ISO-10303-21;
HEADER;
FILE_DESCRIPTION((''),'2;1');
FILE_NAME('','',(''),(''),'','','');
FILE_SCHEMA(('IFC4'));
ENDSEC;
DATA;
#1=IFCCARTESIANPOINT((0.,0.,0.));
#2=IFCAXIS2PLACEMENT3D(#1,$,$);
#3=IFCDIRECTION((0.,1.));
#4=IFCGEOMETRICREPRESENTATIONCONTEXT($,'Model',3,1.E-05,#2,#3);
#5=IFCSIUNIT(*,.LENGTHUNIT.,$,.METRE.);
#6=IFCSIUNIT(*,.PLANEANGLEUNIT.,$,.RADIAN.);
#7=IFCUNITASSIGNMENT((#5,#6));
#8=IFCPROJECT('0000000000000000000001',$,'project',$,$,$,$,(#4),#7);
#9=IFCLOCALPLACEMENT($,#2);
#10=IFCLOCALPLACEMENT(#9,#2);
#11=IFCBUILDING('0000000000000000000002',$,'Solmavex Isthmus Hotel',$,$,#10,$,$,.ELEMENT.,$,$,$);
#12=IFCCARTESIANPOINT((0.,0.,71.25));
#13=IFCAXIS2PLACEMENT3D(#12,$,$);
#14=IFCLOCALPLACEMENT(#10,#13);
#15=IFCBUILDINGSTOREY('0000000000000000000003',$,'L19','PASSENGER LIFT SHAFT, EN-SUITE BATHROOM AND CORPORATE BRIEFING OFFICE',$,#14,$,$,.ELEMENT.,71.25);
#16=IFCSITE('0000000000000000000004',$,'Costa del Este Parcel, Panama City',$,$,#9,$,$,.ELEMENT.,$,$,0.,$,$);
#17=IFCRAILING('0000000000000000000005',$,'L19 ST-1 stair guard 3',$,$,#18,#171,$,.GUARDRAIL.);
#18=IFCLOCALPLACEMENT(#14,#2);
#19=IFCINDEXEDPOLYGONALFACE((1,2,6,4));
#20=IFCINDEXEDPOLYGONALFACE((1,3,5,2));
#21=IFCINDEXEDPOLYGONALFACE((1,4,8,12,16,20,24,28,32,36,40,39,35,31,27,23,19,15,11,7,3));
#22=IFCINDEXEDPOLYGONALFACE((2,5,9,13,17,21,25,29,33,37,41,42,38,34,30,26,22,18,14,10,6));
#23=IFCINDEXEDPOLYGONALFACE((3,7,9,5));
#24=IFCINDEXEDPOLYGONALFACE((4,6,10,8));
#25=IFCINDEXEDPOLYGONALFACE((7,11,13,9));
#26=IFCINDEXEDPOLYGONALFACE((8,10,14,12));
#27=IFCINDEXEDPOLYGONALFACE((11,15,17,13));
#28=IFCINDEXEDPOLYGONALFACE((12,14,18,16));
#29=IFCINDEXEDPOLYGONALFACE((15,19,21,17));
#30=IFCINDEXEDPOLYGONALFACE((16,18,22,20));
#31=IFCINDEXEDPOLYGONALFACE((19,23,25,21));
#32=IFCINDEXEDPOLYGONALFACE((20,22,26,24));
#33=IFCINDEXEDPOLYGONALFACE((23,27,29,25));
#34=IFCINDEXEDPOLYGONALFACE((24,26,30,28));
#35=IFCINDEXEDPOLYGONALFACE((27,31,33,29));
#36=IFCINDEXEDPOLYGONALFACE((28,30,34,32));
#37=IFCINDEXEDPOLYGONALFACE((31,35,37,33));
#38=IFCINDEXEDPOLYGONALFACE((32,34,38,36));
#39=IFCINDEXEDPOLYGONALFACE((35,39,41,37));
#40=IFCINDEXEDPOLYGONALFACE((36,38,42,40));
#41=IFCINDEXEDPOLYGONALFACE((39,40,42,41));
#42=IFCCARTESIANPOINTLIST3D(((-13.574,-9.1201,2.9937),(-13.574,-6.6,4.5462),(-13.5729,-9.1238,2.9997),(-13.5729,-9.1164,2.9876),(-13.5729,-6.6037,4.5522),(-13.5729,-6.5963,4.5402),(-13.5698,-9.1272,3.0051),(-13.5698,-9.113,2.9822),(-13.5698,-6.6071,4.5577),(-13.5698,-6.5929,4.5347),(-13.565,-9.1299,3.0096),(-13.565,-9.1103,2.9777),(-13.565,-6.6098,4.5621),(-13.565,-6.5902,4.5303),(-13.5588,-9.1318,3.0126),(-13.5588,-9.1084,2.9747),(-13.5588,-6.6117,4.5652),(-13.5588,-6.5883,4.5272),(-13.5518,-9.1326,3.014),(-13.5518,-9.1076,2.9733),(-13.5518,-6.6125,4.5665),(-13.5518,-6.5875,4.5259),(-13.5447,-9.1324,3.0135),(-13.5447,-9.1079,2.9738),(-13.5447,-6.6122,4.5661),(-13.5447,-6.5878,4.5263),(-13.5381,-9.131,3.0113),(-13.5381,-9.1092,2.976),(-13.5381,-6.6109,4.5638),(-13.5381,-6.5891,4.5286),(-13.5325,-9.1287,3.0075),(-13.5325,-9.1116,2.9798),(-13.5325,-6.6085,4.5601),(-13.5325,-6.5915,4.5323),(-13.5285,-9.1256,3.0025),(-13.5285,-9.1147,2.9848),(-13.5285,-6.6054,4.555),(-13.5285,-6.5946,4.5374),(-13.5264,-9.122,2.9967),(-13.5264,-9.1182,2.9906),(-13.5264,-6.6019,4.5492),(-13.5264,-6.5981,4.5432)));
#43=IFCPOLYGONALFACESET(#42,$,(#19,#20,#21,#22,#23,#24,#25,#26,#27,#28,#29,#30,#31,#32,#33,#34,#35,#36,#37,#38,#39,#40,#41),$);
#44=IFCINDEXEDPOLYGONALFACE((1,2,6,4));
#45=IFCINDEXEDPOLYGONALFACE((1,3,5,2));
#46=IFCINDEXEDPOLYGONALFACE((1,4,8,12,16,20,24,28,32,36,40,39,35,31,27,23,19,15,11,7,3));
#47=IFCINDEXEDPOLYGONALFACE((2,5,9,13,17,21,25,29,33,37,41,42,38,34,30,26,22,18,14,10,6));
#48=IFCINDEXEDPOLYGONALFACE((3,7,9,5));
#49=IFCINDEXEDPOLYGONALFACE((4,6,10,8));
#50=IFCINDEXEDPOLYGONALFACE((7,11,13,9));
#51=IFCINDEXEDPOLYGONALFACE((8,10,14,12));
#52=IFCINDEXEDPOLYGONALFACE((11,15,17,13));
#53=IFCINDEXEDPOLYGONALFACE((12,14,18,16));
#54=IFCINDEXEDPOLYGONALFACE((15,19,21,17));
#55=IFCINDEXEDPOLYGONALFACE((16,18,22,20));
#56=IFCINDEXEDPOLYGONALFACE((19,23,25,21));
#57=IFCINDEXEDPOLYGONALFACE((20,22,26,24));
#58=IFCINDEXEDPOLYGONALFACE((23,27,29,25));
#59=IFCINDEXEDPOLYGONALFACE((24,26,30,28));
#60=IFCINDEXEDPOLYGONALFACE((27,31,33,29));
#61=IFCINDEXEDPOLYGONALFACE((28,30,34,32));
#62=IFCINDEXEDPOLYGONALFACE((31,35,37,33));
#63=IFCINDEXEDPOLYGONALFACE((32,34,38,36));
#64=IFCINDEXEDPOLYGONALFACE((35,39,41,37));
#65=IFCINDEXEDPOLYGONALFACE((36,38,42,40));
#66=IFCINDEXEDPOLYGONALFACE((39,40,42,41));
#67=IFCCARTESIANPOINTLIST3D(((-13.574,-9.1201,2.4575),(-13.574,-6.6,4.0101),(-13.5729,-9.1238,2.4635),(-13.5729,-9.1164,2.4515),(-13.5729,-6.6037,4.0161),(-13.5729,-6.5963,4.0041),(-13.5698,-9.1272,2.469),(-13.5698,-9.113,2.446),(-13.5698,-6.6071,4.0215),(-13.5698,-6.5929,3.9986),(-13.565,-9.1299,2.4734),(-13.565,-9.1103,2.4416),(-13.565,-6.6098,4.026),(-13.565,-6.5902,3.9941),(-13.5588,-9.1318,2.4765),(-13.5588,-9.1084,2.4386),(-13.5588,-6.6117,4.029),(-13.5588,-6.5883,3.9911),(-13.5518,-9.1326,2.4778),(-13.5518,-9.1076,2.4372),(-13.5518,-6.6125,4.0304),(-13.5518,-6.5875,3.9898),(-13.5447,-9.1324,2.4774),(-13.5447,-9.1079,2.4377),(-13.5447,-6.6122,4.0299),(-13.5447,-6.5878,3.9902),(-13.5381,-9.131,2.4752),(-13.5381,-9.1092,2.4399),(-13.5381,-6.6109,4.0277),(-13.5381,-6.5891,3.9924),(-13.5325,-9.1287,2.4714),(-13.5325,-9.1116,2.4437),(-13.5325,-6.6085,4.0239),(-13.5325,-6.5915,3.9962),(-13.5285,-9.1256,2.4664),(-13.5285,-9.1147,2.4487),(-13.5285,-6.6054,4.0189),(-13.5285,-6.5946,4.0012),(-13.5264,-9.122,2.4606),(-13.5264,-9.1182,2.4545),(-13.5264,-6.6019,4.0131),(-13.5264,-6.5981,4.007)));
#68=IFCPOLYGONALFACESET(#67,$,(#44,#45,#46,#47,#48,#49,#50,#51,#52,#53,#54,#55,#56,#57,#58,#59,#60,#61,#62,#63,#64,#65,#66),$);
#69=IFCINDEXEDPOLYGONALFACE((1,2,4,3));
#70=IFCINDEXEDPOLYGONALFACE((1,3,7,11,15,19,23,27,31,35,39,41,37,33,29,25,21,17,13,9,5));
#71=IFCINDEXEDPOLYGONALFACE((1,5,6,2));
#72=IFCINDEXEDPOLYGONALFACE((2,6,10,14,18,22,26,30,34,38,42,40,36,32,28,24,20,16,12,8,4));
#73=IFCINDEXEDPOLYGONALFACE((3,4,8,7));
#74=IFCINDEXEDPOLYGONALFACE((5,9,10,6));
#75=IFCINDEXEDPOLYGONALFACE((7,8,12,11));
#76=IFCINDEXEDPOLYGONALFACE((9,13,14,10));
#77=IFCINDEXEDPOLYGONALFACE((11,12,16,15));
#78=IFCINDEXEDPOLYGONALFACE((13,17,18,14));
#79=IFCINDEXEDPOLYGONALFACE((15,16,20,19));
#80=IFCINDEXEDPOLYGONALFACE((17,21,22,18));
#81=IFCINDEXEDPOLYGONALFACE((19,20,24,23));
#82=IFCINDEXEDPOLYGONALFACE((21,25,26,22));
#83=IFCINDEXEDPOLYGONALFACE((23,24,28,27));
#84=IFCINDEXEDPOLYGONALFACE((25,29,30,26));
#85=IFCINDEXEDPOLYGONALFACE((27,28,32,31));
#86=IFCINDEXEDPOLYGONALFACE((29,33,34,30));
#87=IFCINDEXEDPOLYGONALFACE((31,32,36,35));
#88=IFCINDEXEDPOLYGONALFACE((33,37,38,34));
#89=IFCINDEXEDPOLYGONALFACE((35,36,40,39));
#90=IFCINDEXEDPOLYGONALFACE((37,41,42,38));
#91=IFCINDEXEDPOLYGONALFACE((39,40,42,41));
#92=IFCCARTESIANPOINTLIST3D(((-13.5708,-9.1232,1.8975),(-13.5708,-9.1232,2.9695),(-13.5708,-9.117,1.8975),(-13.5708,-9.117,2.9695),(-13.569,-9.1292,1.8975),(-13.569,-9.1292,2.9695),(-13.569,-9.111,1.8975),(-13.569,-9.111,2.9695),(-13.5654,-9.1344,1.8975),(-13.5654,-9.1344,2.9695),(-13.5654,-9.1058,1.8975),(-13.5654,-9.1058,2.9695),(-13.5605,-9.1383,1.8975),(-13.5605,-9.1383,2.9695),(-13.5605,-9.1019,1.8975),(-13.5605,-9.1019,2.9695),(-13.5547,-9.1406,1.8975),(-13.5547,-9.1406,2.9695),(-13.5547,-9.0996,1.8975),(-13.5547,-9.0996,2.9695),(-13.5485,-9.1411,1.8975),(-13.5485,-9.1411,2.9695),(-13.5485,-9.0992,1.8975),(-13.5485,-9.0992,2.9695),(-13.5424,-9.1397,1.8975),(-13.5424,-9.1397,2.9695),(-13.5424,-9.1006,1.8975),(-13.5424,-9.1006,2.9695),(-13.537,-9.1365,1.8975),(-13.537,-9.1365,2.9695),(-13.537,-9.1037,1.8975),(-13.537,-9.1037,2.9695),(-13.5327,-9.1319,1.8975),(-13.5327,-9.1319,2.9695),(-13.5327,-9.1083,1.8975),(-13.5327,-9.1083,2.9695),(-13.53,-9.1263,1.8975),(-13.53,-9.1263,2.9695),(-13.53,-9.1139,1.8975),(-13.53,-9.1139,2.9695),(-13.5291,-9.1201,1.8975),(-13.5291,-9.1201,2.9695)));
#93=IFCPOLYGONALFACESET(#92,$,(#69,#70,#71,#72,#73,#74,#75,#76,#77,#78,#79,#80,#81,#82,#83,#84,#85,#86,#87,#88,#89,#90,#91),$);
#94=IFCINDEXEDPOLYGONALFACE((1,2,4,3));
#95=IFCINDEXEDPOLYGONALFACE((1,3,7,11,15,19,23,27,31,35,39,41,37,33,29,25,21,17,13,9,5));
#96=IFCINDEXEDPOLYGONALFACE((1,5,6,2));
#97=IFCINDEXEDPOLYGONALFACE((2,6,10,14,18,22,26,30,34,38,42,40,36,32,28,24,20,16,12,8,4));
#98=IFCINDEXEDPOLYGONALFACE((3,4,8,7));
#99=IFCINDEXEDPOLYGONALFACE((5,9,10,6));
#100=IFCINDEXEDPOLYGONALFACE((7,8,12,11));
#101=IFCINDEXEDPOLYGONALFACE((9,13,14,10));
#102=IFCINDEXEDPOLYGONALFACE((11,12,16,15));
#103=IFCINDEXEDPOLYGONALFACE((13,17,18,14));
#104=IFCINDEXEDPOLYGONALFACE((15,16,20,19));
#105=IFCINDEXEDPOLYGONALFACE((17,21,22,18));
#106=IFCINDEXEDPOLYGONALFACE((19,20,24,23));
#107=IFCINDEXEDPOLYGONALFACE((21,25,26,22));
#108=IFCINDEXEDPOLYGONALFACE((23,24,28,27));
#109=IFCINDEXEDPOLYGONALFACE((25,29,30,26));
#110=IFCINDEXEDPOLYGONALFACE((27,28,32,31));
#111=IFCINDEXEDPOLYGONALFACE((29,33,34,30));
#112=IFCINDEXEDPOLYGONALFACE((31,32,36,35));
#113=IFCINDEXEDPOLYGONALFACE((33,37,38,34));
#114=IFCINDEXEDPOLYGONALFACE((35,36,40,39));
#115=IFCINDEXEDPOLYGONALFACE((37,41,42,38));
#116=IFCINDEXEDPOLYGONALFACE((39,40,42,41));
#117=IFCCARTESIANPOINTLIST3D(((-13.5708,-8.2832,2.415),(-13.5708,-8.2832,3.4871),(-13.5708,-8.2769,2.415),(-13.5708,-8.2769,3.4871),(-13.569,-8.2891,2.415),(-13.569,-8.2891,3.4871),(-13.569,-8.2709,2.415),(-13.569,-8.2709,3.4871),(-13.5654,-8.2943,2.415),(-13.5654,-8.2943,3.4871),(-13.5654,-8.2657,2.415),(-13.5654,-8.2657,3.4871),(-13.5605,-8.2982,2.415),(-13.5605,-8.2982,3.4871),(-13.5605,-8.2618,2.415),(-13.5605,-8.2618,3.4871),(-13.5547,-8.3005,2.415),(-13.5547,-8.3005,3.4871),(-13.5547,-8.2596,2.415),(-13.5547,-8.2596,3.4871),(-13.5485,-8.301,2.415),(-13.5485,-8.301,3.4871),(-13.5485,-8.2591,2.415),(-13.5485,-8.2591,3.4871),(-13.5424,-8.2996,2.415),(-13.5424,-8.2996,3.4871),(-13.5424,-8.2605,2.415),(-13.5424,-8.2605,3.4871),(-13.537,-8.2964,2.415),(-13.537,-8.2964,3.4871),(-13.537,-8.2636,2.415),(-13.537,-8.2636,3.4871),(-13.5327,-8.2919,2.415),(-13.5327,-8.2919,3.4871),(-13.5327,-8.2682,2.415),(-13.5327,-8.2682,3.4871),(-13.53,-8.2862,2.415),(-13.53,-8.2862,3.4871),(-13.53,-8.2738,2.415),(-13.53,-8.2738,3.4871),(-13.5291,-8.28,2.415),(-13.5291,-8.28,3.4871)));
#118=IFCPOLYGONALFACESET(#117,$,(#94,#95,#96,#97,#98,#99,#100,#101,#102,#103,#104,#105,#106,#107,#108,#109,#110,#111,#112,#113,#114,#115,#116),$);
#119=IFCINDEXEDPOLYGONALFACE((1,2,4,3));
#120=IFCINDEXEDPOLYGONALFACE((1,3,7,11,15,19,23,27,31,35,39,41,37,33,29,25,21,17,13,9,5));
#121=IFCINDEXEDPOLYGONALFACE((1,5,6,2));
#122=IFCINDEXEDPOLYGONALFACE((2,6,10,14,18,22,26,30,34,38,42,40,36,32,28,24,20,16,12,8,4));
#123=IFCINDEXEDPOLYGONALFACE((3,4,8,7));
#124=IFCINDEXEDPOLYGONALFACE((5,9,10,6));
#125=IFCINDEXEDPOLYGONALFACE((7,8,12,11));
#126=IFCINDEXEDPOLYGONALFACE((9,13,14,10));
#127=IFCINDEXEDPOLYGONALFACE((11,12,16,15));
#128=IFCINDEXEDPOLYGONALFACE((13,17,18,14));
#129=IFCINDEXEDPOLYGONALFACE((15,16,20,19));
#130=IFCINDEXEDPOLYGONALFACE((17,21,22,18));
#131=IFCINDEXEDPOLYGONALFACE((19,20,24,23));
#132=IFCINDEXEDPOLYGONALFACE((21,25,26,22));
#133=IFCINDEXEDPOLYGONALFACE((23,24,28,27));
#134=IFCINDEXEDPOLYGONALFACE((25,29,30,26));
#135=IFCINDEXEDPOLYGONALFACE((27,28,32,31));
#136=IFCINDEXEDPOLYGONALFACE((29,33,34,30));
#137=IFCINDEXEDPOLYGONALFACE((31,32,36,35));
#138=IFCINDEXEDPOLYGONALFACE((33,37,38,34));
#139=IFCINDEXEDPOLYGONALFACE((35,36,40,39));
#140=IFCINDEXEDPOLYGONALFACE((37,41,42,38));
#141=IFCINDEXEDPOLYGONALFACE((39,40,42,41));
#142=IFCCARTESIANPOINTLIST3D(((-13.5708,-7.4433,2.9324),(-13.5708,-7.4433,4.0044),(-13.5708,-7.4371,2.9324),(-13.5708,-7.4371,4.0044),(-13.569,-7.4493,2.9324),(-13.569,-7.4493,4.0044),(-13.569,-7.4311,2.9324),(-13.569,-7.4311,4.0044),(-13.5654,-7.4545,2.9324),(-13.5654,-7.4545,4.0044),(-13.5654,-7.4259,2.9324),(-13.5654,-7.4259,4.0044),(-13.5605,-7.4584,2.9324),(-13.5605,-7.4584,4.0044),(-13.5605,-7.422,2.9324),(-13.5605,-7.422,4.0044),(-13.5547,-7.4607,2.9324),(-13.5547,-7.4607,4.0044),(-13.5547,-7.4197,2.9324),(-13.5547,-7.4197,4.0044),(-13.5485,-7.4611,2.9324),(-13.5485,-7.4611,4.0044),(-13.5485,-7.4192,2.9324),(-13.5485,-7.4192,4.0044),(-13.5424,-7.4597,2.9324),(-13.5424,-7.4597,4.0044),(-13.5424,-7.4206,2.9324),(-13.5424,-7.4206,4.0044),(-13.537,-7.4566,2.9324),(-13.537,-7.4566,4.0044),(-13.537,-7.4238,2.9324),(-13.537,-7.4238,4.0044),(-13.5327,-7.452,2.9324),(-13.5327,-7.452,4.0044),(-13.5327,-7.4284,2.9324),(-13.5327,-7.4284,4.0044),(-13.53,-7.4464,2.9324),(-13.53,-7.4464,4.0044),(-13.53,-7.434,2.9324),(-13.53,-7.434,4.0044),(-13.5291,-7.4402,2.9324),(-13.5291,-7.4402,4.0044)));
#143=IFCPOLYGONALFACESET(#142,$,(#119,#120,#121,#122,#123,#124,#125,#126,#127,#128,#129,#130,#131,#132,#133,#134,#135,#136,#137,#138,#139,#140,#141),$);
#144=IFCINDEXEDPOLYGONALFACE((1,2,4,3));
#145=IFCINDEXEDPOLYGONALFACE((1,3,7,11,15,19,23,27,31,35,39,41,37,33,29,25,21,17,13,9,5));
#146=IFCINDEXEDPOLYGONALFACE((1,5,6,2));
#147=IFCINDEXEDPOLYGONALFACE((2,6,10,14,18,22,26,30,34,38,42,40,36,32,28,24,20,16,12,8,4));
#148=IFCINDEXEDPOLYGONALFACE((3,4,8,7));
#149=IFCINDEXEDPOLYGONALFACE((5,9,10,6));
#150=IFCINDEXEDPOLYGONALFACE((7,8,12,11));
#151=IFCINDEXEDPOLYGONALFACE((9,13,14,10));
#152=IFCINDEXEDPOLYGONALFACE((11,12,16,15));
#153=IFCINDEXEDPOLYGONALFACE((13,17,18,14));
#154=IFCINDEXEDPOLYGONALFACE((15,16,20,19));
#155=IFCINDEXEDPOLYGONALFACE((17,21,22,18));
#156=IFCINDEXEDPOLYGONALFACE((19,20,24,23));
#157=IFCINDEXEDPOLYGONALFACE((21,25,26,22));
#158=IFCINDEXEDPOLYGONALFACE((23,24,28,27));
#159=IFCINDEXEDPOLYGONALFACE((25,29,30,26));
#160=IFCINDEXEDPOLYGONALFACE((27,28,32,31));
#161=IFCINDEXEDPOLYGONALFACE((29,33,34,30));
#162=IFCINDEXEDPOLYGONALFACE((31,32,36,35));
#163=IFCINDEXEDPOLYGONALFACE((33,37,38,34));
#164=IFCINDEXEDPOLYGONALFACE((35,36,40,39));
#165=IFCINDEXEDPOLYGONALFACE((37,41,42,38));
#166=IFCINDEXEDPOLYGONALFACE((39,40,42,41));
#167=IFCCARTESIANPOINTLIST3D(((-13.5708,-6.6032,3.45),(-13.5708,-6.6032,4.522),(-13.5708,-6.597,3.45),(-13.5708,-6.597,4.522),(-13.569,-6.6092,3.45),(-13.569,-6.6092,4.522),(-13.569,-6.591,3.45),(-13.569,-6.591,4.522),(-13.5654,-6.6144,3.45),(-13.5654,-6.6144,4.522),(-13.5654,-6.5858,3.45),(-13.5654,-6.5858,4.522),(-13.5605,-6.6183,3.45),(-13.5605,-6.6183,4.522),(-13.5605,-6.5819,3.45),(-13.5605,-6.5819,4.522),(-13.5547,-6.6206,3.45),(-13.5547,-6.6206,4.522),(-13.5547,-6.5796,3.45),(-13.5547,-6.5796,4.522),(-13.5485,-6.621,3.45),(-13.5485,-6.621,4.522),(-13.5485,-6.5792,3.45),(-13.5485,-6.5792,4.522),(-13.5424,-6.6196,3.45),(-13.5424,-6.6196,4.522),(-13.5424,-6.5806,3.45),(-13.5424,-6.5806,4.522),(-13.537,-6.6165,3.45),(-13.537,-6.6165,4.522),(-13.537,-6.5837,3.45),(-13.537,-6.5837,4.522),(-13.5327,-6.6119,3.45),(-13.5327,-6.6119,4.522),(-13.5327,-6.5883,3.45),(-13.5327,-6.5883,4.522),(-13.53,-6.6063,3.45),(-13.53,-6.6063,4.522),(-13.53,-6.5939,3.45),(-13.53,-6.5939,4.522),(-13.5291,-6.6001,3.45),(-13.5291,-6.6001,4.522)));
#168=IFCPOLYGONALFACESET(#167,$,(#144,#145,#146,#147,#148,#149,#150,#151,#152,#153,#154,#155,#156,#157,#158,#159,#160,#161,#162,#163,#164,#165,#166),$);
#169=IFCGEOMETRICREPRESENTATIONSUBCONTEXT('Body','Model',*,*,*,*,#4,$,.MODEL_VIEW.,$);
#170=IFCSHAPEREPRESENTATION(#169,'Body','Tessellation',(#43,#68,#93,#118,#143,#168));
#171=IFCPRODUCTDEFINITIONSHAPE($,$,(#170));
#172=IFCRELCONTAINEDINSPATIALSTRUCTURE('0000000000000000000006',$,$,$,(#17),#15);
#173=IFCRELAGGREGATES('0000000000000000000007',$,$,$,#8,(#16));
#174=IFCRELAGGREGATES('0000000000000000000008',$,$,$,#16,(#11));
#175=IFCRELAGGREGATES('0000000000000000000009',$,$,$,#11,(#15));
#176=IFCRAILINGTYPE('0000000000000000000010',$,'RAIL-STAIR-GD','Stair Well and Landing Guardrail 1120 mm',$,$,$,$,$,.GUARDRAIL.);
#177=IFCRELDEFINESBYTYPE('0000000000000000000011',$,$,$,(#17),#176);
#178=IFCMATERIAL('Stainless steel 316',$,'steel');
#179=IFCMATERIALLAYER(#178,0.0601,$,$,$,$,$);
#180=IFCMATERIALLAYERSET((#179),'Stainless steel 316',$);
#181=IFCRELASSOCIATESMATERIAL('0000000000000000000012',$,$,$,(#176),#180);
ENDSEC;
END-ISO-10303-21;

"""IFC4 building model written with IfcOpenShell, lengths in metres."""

from ifc_helpers import new_model, si_unit, direction, frame, origin, origin_2d, place, context, subcontext, project, spatial, circle, extrude, material, layer, layer_set, type_object, element, save


model = new_model("IFC4")

# Units and contexts
model_context = context("Model", 3, precision=1e-05, world=origin(), true_north=direction((0.0, 1.0)))
body_context = subcontext(model_context, "Body", "Model", "MODEL_VIEW")
ifc_project = project(units=[si_unit("LENGTHUNIT", "METRE"), si_unit("PLANEANGLEUNIT", "RADIAN")], contexts=[model_context])

# Site, building, storey
site_placement = place(None, origin())
site = spatial("IfcSite", under=ifc_project, at=site_placement, Name="Costa del Este Parcel, Panama City", CompositionType="ELEMENT", RefElevation=0.0)
building_placement = place(site_placement, origin())
building = spatial("IfcBuilding", under=site, at=building_placement, Name="Solmavex Isthmus Hotel", CompositionType="ELEMENT")
storey_placement = place(building_placement, frame((0.0, 0.0, 71.25)))
storey = spatial("IfcBuildingStorey", under=building, at=storey_placement, Name="L19", Description="PASSENGER LIFT SHAFT, EN-SUITE BATHROOM AND CORPORATE BRIEFING OFFICE", CompositionType="ELEMENT", Elevation=71.25)

# Shared definitions
ifc_material_1 = material(Name="Stainless steel 316", Category="steel")

# Railing
ifc_layer_1 = layer(ifc_material_1, 0.0601)
ifc_layer_set_1 = layer_set([ifc_layer_1], Name="Stainless steel 316")
railing_type_1 = type_object("IfcRailingType", Name="RAIL-STAIR-GD", Description="Stair Well and Landing Guardrail 1120 mm", PredefinedType="GUARDRAIL", material=ifc_layer_set_1)
railing_1_placement = place(storey_placement, frame((-13.55, -9.1201, 1.8975)))
element("IfcRailing", 1, at=railing_1_placement, inside=storey, type_object=railing_type_1, Name="L19 ST-1 stair guard 3", PredefinedType="GUARDRAIL", context=body_context, shape_type="SweptSolid", body=[
    extrude(circle(Radius=0.0239, at=origin_2d()), frame((0.0, 0.0, 1.0962), z_axis=(0.0, 0.8514, 0.524516), x_axis=(-1.0, 0.0, 0.0)), (0.0, 0.0, 1.0), 2.96),
    extrude(circle(Radius=0.0239, at=origin_2d()), frame((0.0, 0.0, 0.5601), z_axis=(0.0, 0.8514, 0.524516), x_axis=(-1.0, 0.0, 0.0)), (0.0, 0.0, 1.0), 2.96),
    extrude(circle(Radius=0.021, at=origin_2d()), origin(), (0.0, 0.0, 1.0), 1.072),
    extrude(circle(Radius=0.021, at=origin_2d()), frame((0.0, 0.8401, 0.5176)), (0.0, 0.0, 1.0), 1.072),
    extrude(circle(Radius=0.021, at=origin_2d()), frame((0.0, 1.6799, 1.0349)), (0.0, 0.0, 1.0), 1.072),
    extrude(circle(Radius=0.021, at=origin_2d()), frame((0.0, 2.52, 1.5525)), (0.0, 0.0, 1.0), 1.072),
])

save(model, "model.ifc")
